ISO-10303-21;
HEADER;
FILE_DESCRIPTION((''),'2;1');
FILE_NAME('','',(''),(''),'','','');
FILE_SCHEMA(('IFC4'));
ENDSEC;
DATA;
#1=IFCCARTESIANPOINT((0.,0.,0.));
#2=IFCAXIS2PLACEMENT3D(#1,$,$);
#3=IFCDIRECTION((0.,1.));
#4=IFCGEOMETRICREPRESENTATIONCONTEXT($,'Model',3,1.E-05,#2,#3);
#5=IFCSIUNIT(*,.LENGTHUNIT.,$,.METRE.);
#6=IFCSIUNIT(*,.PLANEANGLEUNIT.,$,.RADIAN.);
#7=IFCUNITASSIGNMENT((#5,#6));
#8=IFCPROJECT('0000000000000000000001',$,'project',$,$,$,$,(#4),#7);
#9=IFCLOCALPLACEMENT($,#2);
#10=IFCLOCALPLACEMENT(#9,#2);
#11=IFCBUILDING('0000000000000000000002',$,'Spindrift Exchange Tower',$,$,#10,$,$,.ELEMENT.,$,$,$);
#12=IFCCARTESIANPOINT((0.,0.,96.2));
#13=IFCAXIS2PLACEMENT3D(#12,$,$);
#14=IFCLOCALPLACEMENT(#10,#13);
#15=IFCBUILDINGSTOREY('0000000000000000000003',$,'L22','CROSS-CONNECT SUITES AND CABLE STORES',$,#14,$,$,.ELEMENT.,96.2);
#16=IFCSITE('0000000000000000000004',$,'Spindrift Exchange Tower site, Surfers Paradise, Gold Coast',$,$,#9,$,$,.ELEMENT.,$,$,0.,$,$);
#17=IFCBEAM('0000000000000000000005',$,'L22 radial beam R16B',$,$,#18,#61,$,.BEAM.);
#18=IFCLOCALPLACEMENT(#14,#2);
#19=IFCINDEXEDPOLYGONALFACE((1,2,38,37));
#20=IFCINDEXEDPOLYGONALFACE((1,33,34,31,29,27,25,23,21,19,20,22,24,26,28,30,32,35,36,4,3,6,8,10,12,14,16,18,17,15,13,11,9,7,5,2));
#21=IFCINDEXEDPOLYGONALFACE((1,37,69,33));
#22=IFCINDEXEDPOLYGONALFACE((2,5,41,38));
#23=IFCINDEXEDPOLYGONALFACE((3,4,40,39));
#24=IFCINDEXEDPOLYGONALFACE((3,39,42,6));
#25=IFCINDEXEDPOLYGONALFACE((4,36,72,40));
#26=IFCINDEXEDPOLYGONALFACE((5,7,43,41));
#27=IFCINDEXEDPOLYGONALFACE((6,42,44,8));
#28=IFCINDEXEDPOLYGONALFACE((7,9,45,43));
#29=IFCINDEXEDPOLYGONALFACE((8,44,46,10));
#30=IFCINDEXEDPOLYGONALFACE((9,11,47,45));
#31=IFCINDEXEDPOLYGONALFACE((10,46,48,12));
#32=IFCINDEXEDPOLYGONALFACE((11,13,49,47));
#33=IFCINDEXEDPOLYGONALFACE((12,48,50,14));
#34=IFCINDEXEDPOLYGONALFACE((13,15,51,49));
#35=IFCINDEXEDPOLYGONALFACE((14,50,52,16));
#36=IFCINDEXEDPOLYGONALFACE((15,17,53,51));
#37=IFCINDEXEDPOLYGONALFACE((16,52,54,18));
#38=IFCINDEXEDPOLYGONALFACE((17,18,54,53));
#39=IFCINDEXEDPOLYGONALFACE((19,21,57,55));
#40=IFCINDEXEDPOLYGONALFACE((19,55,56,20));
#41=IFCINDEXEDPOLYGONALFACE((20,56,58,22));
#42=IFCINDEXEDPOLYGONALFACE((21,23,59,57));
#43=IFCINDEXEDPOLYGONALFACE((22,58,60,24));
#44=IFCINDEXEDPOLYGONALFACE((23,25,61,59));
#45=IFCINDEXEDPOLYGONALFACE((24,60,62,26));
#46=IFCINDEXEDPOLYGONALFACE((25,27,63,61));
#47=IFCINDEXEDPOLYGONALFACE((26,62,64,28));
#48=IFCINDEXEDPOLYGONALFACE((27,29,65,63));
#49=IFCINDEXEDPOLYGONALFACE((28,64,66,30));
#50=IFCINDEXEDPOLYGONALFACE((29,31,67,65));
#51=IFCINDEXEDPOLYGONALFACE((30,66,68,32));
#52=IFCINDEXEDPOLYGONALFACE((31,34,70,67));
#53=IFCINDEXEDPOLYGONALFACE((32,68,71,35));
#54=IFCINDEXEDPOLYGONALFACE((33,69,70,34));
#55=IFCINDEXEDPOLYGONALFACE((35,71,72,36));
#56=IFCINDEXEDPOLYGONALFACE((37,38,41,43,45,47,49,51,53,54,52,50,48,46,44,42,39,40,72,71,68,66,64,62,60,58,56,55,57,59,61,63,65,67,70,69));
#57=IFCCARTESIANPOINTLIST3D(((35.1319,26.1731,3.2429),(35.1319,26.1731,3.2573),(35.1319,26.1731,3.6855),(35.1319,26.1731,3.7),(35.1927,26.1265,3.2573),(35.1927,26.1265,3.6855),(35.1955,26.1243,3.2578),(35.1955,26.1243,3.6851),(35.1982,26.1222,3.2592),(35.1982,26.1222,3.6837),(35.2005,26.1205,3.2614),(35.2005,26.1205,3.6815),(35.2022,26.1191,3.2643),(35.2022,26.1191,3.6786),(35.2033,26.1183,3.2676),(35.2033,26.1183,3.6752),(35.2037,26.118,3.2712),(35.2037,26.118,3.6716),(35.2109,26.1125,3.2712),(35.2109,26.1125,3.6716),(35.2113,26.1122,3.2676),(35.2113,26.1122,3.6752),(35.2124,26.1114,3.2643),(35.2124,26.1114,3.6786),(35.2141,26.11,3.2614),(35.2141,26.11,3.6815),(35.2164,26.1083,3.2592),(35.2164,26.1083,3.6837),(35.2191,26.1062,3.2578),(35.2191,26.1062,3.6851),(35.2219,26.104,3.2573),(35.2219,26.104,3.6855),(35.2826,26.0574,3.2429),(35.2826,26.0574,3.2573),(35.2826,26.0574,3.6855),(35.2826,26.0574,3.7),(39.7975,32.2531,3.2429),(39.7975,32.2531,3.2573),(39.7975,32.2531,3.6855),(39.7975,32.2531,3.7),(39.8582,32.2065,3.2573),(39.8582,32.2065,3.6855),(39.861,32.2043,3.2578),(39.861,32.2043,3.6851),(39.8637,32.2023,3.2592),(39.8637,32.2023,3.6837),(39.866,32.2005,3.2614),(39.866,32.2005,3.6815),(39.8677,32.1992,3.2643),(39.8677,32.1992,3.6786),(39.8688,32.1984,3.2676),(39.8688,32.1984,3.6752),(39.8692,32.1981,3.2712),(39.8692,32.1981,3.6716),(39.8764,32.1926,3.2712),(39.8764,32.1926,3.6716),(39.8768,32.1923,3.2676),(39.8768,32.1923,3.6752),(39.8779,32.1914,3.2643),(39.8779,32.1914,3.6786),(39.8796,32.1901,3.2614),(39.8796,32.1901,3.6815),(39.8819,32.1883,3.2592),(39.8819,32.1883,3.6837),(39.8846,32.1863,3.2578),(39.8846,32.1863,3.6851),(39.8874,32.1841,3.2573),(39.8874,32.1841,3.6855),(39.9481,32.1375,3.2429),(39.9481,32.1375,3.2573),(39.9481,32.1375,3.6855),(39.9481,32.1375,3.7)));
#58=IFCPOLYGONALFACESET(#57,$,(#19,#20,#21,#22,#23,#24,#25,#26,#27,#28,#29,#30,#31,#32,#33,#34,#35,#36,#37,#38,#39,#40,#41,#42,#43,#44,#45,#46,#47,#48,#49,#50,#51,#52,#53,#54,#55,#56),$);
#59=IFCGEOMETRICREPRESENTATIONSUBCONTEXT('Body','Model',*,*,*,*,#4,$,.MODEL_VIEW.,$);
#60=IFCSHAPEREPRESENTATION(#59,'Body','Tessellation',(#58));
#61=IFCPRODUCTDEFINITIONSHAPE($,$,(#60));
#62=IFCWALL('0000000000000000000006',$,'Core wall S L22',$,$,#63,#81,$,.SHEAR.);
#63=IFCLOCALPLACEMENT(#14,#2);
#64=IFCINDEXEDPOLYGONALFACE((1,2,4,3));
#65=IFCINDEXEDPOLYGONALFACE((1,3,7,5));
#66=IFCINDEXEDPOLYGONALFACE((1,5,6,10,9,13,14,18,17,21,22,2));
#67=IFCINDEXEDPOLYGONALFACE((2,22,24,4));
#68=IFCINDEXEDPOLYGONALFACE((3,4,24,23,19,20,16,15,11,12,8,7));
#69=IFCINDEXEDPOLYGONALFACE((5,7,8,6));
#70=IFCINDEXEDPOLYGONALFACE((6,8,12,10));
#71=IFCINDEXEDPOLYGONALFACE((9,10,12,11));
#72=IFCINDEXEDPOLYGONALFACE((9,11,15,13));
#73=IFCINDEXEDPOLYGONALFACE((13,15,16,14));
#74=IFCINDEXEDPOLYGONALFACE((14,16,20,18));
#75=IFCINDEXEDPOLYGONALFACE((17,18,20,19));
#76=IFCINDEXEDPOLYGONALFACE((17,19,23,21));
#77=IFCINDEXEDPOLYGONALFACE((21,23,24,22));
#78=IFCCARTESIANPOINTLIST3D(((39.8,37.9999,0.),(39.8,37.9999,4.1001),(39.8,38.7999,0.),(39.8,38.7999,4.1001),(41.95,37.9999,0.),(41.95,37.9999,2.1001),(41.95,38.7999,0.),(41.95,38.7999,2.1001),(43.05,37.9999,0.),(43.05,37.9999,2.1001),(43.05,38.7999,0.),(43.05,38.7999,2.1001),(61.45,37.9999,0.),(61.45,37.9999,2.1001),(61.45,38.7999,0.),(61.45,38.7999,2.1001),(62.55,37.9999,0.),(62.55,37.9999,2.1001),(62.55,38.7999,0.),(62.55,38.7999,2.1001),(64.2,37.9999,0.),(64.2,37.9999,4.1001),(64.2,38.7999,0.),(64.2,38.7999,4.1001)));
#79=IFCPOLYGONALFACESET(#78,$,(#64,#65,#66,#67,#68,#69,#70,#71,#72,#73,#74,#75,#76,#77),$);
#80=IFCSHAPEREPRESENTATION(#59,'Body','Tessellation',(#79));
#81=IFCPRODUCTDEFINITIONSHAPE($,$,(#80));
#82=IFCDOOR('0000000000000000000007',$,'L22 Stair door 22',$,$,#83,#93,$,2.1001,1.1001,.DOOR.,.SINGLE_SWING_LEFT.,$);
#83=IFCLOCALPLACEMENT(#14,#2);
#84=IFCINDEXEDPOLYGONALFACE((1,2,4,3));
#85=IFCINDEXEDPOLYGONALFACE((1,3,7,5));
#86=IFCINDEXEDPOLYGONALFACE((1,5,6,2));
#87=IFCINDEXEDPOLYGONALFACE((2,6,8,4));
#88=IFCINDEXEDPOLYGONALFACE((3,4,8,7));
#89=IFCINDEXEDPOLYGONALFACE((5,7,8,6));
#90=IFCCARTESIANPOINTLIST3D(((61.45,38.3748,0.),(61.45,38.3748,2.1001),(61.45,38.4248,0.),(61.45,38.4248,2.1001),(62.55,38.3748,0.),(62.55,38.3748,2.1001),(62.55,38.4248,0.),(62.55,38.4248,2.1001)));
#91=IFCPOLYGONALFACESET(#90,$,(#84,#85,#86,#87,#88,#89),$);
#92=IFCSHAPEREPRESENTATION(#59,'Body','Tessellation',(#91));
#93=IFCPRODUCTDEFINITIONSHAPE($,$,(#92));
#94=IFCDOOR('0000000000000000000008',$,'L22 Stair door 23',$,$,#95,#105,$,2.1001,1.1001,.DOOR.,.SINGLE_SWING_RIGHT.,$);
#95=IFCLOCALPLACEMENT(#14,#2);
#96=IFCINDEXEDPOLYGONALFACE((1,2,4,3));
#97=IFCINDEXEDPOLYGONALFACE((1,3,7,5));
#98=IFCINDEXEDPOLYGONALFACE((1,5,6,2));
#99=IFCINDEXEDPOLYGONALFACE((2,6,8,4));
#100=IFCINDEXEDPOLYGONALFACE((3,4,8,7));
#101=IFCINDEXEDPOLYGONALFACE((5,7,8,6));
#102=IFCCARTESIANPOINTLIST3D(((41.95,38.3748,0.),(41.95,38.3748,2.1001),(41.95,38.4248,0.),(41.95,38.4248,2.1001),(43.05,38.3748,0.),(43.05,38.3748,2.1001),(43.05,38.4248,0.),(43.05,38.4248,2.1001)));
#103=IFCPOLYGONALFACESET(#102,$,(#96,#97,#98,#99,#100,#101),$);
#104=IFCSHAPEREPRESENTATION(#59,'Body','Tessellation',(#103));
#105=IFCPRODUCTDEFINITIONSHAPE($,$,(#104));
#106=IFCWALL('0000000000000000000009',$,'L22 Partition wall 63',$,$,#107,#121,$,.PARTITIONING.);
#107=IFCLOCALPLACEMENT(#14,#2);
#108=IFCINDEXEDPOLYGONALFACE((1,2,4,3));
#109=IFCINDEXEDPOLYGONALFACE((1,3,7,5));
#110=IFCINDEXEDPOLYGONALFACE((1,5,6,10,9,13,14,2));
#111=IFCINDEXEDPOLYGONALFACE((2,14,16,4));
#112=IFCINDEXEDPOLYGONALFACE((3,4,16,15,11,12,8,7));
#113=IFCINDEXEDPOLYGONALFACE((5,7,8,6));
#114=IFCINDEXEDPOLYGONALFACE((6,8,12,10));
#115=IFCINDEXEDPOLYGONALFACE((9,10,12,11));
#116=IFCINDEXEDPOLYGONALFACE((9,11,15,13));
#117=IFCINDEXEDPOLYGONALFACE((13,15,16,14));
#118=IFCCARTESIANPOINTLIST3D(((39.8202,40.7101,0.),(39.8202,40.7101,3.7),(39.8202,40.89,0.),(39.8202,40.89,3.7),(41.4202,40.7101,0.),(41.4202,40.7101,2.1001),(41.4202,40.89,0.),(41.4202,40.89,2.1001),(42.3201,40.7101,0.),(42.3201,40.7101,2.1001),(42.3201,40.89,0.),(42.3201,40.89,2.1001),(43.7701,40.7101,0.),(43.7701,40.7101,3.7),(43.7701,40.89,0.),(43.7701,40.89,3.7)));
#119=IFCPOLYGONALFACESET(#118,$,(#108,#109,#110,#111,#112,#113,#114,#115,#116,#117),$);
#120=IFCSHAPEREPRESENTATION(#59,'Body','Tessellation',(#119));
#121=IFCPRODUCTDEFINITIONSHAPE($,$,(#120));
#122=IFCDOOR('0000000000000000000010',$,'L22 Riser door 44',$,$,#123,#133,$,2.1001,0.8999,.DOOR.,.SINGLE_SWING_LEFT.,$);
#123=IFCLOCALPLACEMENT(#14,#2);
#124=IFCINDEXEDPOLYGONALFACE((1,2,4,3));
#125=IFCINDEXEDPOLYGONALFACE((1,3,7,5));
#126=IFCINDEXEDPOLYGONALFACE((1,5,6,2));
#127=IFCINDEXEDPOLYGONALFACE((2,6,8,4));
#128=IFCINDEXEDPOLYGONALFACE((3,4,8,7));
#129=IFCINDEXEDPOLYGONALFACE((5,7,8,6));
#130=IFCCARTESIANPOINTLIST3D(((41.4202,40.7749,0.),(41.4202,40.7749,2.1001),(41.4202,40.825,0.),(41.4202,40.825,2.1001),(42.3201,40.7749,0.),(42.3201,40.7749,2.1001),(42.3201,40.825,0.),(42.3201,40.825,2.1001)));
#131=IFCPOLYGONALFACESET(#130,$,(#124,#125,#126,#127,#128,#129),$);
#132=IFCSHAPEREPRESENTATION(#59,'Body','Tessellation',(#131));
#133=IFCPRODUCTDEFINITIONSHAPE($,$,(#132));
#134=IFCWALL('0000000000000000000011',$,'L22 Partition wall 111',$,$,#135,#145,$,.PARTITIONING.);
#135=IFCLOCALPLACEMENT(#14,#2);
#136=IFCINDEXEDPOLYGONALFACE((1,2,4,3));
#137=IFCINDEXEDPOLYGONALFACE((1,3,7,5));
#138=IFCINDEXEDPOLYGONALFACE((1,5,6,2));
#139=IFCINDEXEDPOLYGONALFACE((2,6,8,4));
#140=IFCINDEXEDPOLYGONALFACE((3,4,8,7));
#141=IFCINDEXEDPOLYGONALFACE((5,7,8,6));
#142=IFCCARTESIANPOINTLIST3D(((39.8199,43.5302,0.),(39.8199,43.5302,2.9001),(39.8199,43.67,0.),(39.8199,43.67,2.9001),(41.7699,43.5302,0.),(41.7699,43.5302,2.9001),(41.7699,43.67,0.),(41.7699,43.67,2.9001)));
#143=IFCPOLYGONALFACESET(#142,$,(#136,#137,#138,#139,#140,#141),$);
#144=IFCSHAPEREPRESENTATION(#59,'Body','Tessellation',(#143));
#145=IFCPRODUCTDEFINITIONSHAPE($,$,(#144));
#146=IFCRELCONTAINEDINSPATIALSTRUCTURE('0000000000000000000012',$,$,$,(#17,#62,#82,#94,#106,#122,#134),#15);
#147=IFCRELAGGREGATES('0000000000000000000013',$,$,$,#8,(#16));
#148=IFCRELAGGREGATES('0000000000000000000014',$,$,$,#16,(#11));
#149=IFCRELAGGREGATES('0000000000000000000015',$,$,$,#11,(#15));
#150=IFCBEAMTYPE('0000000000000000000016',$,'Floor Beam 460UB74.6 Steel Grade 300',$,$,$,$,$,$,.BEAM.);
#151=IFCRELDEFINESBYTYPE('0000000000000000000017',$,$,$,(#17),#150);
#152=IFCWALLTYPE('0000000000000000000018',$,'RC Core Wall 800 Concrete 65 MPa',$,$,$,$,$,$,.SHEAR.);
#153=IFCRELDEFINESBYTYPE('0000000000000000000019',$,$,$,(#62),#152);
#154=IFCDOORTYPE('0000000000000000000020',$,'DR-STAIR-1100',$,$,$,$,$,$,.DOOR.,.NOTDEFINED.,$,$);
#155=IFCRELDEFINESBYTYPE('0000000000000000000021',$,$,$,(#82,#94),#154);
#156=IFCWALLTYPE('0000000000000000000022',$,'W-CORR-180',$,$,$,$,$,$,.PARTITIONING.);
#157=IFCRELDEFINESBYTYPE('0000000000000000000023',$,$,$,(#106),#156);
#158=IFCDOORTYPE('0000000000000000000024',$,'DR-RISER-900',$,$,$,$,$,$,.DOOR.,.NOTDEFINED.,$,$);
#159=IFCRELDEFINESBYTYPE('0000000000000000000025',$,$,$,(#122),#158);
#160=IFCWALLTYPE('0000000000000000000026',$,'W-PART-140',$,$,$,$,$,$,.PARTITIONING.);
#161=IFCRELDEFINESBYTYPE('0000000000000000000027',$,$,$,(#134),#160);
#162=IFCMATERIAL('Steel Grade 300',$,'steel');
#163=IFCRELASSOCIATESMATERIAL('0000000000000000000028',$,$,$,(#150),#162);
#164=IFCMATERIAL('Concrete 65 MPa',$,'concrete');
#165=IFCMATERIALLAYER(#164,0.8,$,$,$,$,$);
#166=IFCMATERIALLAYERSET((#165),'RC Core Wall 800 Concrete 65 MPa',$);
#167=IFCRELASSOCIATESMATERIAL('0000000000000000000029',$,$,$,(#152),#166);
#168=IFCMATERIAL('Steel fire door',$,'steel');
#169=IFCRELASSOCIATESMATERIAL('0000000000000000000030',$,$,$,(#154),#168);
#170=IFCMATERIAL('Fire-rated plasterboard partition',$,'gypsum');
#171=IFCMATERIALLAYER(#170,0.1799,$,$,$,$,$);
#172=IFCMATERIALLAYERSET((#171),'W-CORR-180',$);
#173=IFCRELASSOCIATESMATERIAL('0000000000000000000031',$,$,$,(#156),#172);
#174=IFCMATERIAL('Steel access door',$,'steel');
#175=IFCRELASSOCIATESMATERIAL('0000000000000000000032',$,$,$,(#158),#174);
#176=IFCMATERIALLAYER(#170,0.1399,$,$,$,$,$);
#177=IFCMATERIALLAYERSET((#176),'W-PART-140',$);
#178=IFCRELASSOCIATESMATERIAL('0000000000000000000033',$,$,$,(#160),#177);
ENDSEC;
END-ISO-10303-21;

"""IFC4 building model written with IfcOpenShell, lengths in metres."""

from ifc_helpers import new_model, si_unit, direction, frame, frame_2d, origin, origin_2d, place, context, subcontext, project, spatial, rectangle, i_section, extrude, source, transform, mapped, material, layer, layer_set, material_profile, profile_set, type_object, element, fill, save


model = new_model("IFC4")

# Units and contexts
model_context = context("Model", 3, precision=1e-05, world=origin(), true_north=direction((0.0, 1.0)))
body_context = subcontext(model_context, "Body", "Model", "MODEL_VIEW")
ifc_project = project(units=[si_unit("LENGTHUNIT", "METRE"), si_unit("PLANEANGLEUNIT", "RADIAN")], contexts=[model_context])

# Site, building, storey
site_placement = place(None, origin())
site = spatial("IfcSite", under=ifc_project, at=site_placement, Name="Spindrift Exchange Tower site, Surfers Paradise, Gold Coast", CompositionType="ELEMENT", RefElevation=0.0)
building_placement = place(site_placement, origin())
building = spatial("IfcBuilding", under=site, at=building_placement, Name="Spindrift Exchange Tower", CompositionType="ELEMENT")
storey_placement = place(building_placement, frame((0.0, 0.0, 96.2)))
storey = spatial("IfcBuildingStorey", under=building, at=storey_placement, Name="L22", Description="CROSS-CONNECT SUITES AND CABLE STORES", CompositionType="ELEMENT", Elevation=96.2)

# Shared definitions
ifc_material_1 = material(Name="Concrete 65 MPa", Category="concrete")

# Beam
ifc_material_2 = material(Name="Steel Grade 300", Category="steel")
ifc_material_profile_1 = material_profile(ifc_material_2, i_section(OverallWidth=0.1899, OverallDepth=0.457, WebThickness=0.009, FlangeThickness=0.0144, FilletRadius=0.0139, at=origin_2d()), Name="460UB74.6")
ifc_profile_set_1 = profile_set([ifc_material_profile_1], Name="Steel Grade 300")
beam_type_1 = type_object("IfcBeamType", Name="Floor Beam 460UB74.6 Steel Grade 300", PredefinedType="BEAM", material=ifc_profile_set_1)
shared_shape_1 = source(origin(), body_context, "Body", "SweptSolid", [
    extrude(i_section(OverallWidth=0.1899, OverallDepth=0.457, WebThickness=0.009, FlangeThickness=0.0144, FilletRadius=0.0139, at=origin_2d()), origin(), (0.0, 0.0, 1.0), 7.6638),
])
beam_1_placement = place(storey_placement, frame((39.8728, 32.1953, 3.4714), z_axis=(-0.608771, -0.793346, 0.0), x_axis=(0.793346, -0.608771, 0.0)))
element("IfcBeam", 1, at=beam_1_placement, inside=storey, type_object=beam_type_1, Name="L22 radial beam R16B", PredefinedType="BEAM", context=body_context, shape_type="MappedRepresentation", body=[
    mapped(shared_shape_1, transform((0.0, 0.0, 0.0), scale=1.0)),
])

# Wall, openings, doors
ifc_layer_1 = layer(ifc_material_1, 0.8)
ifc_layer_set_1 = layer_set([ifc_layer_1], Name="RC Core Wall 800 Concrete 65 MPa")
wall_type_1 = type_object("IfcWallType", Name="RC Core Wall 800 Concrete 65 MPa", PredefinedType="SHEAR", material=ifc_layer_set_1)
wall_1_placement = place(storey_placement, frame((39.8, 38.3999, 0.0), z_axis=(0.0, 0.0, 1.0), x_axis=(1.0, 0.0, 0.0)))
wall_1 = element("IfcWall", 2, at=wall_1_placement, inside=storey, type_object=wall_type_1, Name="Core wall S L22", PredefinedType="SHEAR", context=body_context, shape_type="SweptSolid", body=[
    extrude(rectangle(XDim=24.3999, YDim=0.8, at=frame_2d((12.2, 0.0))), origin(), (0.0, 0.0, 1.0), 4.1001),
])
opening_1_placement = place(wall_1_placement, frame((21.6499, 0.0, 0.0)))
opening_1 = element("IfcOpeningElement", 3, at=opening_1_placement, cuts=wall_1, PredefinedType="OPENING", context=body_context, shape_type="SweptSolid", body=[
    extrude(rectangle(XDim=1.1001, YDim=2.1001, at=frame_2d((0.55, 1.05))), frame((0.0, 0.4099, 0.0), z_axis=(0.0, -1.0, 0.0), x_axis=(1.0, 0.0, 0.0)), (0.0, 0.0, 1.0), 0.8201),
])
opening_2_placement = place(wall_1_placement, frame((2.1499, 0.0, 0.0)))
opening_2 = element("IfcOpeningElement", 4, at=opening_2_placement, cuts=wall_1, PredefinedType="OPENING", context=body_context, shape_type="SweptSolid", body=[
    extrude(rectangle(XDim=1.1001, YDim=2.1001, at=frame_2d((0.55, 1.05))), frame((0.0, 0.4099, 0.0), z_axis=(0.0, -1.0, 0.0), x_axis=(1.0, 0.0, 0.0)), (0.0, 0.0, 1.0), 0.8201),
])
ifc_material_3 = material(Name="Steel fire door", Category="steel")
door_type_1 = type_object("IfcDoorType", Name="DR-STAIR-1100", OperationType="NOTDEFINED", PredefinedType="DOOR", material=ifc_material_3)
shared_shape_2 = source(origin(), body_context, "Body", "SweptSolid", [
    extrude(rectangle(XDim=1.1001, YDim=2.1001, at=frame_2d((0.55, 1.05))), frame((0.0, 0.0249, 0.0), z_axis=(0.0, -1.0, 0.0), x_axis=(1.0, 0.0, 0.0)), (0.0, 0.0, 1.0), 0.05),
])
door_1_placement = place(opening_1_placement, origin())
door_1 = element("IfcDoor", 5, at=door_1_placement, inside=storey, type_object=door_type_1, Name="L22 Stair door 22", OperationType="SINGLE_SWING_LEFT", OverallHeight=2.1001, OverallWidth=1.1001, PredefinedType="DOOR", context=body_context, shape_type="MappedRepresentation", body=[
    mapped(shared_shape_2, transform((0.0, 0.0, 0.0), scale=1.0)),
])
fill(opening_1, door_1)
door_2_placement = place(opening_2_placement, origin())
door_2 = element("IfcDoor", 6, at=door_2_placement, inside=storey, type_object=door_type_1, Name="L22 Stair door 23", OperationType="SINGLE_SWING_RIGHT", OverallHeight=2.1001, OverallWidth=1.1001, PredefinedType="DOOR", context=body_context, shape_type="MappedRepresentation", body=[
    mapped(shared_shape_2, transform((0.0, 0.0, 0.0), scale=1.0)),
])
fill(opening_2, door_2)

# Wall, opening, door
ifc_material_4 = material(Name="Fire-rated plasterboard partition", Category="gypsum")
ifc_layer_2 = layer(ifc_material_4, 0.1799)
ifc_layer_set_2 = layer_set([ifc_layer_2], Name="W-CORR-180")
wall_type_2 = type_object("IfcWallType", Name="W-CORR-180", PredefinedType="PARTITIONING", material=ifc_layer_set_2)
wall_2_placement = place(storey_placement, frame((39.8201, 40.8, 0.0), z_axis=(0.0, 0.0, 1.0), x_axis=(1.0, 0.0, 0.0)))
wall_2 = element("IfcWall", 7, at=wall_2_placement, inside=storey, type_object=wall_type_2, Name="L22 Partition wall 63", PredefinedType="PARTITIONING", context=body_context, shape_type="SweptSolid", body=[
    extrude(rectangle(XDim=3.95, YDim=0.1799, at=frame_2d((1.9751, 0.0))), origin(), (0.0, 0.0, 1.0), 3.7),
])
opening_3_placement = place(wall_2_placement, frame((1.6001, 0.0, 0.0)))
opening_3 = element("IfcOpeningElement", 8, at=opening_3_placement, cuts=wall_2, PredefinedType="OPENING", context=body_context, shape_type="SweptSolid", body=[
    extrude(rectangle(XDim=0.8999, YDim=2.1001, at=frame_2d((0.45, 1.05))), frame((0.0, 0.0999, 0.0), z_axis=(0.0, -1.0, 0.0), x_axis=(1.0, 0.0, 0.0)), (0.0, 0.0, 1.0), 0.2),
])
ifc_material_5 = material(Name="Steel access door", Category="steel")
door_type_2 = type_object("IfcDoorType", Name="DR-RISER-900", OperationType="NOTDEFINED", PredefinedType="DOOR", material=ifc_material_5)
shared_shape_3 = source(origin(), body_context, "Body", "SweptSolid", [
    extrude(rectangle(XDim=0.8999, YDim=2.1001, at=frame_2d((0.45, 1.05))), frame((0.0, 0.0249, 0.0), z_axis=(0.0, -1.0, 0.0), x_axis=(1.0, 0.0, 0.0)), (0.0, 0.0, 1.0), 0.05),
])
door_3_placement = place(opening_3_placement, origin())
door_3 = element("IfcDoor", 9, at=door_3_placement, inside=storey, type_object=door_type_2, Name="L22 Riser door 44", OperationType="SINGLE_SWING_LEFT", OverallHeight=2.1001, OverallWidth=0.8999, PredefinedType="DOOR", context=body_context, shape_type="MappedRepresentation", body=[
    mapped(shared_shape_3, transform((0.0, 0.0, 0.0), scale=1.0)),
])
fill(opening_3, door_3)

# Wall
ifc_layer_3 = layer(ifc_material_4, 0.1399)
ifc_layer_set_3 = layer_set([ifc_layer_3], Name="W-PART-140")
wall_type_3 = type_object("IfcWallType", Name="W-PART-140", PredefinedType="PARTITIONING", material=ifc_layer_set_3)
wall_3_placement = place(storey_placement, frame((41.77, 43.6001, 0.0), z_axis=(0.0, 0.0, 1.0), x_axis=(-1.0, 0.0, 0.0)))
element("IfcWall", 10, at=wall_3_placement, inside=storey, type_object=wall_type_3, Name="L22 Partition wall 111", PredefinedType="PARTITIONING", context=body_context, shape_type="SweptSolid", body=[
    extrude(rectangle(XDim=1.95, YDim=0.1399, at=frame_2d((0.9751, 0.0))), origin(), (0.0, 0.0, 1.0), 2.9001),
])

save(model, "model.ifc")
